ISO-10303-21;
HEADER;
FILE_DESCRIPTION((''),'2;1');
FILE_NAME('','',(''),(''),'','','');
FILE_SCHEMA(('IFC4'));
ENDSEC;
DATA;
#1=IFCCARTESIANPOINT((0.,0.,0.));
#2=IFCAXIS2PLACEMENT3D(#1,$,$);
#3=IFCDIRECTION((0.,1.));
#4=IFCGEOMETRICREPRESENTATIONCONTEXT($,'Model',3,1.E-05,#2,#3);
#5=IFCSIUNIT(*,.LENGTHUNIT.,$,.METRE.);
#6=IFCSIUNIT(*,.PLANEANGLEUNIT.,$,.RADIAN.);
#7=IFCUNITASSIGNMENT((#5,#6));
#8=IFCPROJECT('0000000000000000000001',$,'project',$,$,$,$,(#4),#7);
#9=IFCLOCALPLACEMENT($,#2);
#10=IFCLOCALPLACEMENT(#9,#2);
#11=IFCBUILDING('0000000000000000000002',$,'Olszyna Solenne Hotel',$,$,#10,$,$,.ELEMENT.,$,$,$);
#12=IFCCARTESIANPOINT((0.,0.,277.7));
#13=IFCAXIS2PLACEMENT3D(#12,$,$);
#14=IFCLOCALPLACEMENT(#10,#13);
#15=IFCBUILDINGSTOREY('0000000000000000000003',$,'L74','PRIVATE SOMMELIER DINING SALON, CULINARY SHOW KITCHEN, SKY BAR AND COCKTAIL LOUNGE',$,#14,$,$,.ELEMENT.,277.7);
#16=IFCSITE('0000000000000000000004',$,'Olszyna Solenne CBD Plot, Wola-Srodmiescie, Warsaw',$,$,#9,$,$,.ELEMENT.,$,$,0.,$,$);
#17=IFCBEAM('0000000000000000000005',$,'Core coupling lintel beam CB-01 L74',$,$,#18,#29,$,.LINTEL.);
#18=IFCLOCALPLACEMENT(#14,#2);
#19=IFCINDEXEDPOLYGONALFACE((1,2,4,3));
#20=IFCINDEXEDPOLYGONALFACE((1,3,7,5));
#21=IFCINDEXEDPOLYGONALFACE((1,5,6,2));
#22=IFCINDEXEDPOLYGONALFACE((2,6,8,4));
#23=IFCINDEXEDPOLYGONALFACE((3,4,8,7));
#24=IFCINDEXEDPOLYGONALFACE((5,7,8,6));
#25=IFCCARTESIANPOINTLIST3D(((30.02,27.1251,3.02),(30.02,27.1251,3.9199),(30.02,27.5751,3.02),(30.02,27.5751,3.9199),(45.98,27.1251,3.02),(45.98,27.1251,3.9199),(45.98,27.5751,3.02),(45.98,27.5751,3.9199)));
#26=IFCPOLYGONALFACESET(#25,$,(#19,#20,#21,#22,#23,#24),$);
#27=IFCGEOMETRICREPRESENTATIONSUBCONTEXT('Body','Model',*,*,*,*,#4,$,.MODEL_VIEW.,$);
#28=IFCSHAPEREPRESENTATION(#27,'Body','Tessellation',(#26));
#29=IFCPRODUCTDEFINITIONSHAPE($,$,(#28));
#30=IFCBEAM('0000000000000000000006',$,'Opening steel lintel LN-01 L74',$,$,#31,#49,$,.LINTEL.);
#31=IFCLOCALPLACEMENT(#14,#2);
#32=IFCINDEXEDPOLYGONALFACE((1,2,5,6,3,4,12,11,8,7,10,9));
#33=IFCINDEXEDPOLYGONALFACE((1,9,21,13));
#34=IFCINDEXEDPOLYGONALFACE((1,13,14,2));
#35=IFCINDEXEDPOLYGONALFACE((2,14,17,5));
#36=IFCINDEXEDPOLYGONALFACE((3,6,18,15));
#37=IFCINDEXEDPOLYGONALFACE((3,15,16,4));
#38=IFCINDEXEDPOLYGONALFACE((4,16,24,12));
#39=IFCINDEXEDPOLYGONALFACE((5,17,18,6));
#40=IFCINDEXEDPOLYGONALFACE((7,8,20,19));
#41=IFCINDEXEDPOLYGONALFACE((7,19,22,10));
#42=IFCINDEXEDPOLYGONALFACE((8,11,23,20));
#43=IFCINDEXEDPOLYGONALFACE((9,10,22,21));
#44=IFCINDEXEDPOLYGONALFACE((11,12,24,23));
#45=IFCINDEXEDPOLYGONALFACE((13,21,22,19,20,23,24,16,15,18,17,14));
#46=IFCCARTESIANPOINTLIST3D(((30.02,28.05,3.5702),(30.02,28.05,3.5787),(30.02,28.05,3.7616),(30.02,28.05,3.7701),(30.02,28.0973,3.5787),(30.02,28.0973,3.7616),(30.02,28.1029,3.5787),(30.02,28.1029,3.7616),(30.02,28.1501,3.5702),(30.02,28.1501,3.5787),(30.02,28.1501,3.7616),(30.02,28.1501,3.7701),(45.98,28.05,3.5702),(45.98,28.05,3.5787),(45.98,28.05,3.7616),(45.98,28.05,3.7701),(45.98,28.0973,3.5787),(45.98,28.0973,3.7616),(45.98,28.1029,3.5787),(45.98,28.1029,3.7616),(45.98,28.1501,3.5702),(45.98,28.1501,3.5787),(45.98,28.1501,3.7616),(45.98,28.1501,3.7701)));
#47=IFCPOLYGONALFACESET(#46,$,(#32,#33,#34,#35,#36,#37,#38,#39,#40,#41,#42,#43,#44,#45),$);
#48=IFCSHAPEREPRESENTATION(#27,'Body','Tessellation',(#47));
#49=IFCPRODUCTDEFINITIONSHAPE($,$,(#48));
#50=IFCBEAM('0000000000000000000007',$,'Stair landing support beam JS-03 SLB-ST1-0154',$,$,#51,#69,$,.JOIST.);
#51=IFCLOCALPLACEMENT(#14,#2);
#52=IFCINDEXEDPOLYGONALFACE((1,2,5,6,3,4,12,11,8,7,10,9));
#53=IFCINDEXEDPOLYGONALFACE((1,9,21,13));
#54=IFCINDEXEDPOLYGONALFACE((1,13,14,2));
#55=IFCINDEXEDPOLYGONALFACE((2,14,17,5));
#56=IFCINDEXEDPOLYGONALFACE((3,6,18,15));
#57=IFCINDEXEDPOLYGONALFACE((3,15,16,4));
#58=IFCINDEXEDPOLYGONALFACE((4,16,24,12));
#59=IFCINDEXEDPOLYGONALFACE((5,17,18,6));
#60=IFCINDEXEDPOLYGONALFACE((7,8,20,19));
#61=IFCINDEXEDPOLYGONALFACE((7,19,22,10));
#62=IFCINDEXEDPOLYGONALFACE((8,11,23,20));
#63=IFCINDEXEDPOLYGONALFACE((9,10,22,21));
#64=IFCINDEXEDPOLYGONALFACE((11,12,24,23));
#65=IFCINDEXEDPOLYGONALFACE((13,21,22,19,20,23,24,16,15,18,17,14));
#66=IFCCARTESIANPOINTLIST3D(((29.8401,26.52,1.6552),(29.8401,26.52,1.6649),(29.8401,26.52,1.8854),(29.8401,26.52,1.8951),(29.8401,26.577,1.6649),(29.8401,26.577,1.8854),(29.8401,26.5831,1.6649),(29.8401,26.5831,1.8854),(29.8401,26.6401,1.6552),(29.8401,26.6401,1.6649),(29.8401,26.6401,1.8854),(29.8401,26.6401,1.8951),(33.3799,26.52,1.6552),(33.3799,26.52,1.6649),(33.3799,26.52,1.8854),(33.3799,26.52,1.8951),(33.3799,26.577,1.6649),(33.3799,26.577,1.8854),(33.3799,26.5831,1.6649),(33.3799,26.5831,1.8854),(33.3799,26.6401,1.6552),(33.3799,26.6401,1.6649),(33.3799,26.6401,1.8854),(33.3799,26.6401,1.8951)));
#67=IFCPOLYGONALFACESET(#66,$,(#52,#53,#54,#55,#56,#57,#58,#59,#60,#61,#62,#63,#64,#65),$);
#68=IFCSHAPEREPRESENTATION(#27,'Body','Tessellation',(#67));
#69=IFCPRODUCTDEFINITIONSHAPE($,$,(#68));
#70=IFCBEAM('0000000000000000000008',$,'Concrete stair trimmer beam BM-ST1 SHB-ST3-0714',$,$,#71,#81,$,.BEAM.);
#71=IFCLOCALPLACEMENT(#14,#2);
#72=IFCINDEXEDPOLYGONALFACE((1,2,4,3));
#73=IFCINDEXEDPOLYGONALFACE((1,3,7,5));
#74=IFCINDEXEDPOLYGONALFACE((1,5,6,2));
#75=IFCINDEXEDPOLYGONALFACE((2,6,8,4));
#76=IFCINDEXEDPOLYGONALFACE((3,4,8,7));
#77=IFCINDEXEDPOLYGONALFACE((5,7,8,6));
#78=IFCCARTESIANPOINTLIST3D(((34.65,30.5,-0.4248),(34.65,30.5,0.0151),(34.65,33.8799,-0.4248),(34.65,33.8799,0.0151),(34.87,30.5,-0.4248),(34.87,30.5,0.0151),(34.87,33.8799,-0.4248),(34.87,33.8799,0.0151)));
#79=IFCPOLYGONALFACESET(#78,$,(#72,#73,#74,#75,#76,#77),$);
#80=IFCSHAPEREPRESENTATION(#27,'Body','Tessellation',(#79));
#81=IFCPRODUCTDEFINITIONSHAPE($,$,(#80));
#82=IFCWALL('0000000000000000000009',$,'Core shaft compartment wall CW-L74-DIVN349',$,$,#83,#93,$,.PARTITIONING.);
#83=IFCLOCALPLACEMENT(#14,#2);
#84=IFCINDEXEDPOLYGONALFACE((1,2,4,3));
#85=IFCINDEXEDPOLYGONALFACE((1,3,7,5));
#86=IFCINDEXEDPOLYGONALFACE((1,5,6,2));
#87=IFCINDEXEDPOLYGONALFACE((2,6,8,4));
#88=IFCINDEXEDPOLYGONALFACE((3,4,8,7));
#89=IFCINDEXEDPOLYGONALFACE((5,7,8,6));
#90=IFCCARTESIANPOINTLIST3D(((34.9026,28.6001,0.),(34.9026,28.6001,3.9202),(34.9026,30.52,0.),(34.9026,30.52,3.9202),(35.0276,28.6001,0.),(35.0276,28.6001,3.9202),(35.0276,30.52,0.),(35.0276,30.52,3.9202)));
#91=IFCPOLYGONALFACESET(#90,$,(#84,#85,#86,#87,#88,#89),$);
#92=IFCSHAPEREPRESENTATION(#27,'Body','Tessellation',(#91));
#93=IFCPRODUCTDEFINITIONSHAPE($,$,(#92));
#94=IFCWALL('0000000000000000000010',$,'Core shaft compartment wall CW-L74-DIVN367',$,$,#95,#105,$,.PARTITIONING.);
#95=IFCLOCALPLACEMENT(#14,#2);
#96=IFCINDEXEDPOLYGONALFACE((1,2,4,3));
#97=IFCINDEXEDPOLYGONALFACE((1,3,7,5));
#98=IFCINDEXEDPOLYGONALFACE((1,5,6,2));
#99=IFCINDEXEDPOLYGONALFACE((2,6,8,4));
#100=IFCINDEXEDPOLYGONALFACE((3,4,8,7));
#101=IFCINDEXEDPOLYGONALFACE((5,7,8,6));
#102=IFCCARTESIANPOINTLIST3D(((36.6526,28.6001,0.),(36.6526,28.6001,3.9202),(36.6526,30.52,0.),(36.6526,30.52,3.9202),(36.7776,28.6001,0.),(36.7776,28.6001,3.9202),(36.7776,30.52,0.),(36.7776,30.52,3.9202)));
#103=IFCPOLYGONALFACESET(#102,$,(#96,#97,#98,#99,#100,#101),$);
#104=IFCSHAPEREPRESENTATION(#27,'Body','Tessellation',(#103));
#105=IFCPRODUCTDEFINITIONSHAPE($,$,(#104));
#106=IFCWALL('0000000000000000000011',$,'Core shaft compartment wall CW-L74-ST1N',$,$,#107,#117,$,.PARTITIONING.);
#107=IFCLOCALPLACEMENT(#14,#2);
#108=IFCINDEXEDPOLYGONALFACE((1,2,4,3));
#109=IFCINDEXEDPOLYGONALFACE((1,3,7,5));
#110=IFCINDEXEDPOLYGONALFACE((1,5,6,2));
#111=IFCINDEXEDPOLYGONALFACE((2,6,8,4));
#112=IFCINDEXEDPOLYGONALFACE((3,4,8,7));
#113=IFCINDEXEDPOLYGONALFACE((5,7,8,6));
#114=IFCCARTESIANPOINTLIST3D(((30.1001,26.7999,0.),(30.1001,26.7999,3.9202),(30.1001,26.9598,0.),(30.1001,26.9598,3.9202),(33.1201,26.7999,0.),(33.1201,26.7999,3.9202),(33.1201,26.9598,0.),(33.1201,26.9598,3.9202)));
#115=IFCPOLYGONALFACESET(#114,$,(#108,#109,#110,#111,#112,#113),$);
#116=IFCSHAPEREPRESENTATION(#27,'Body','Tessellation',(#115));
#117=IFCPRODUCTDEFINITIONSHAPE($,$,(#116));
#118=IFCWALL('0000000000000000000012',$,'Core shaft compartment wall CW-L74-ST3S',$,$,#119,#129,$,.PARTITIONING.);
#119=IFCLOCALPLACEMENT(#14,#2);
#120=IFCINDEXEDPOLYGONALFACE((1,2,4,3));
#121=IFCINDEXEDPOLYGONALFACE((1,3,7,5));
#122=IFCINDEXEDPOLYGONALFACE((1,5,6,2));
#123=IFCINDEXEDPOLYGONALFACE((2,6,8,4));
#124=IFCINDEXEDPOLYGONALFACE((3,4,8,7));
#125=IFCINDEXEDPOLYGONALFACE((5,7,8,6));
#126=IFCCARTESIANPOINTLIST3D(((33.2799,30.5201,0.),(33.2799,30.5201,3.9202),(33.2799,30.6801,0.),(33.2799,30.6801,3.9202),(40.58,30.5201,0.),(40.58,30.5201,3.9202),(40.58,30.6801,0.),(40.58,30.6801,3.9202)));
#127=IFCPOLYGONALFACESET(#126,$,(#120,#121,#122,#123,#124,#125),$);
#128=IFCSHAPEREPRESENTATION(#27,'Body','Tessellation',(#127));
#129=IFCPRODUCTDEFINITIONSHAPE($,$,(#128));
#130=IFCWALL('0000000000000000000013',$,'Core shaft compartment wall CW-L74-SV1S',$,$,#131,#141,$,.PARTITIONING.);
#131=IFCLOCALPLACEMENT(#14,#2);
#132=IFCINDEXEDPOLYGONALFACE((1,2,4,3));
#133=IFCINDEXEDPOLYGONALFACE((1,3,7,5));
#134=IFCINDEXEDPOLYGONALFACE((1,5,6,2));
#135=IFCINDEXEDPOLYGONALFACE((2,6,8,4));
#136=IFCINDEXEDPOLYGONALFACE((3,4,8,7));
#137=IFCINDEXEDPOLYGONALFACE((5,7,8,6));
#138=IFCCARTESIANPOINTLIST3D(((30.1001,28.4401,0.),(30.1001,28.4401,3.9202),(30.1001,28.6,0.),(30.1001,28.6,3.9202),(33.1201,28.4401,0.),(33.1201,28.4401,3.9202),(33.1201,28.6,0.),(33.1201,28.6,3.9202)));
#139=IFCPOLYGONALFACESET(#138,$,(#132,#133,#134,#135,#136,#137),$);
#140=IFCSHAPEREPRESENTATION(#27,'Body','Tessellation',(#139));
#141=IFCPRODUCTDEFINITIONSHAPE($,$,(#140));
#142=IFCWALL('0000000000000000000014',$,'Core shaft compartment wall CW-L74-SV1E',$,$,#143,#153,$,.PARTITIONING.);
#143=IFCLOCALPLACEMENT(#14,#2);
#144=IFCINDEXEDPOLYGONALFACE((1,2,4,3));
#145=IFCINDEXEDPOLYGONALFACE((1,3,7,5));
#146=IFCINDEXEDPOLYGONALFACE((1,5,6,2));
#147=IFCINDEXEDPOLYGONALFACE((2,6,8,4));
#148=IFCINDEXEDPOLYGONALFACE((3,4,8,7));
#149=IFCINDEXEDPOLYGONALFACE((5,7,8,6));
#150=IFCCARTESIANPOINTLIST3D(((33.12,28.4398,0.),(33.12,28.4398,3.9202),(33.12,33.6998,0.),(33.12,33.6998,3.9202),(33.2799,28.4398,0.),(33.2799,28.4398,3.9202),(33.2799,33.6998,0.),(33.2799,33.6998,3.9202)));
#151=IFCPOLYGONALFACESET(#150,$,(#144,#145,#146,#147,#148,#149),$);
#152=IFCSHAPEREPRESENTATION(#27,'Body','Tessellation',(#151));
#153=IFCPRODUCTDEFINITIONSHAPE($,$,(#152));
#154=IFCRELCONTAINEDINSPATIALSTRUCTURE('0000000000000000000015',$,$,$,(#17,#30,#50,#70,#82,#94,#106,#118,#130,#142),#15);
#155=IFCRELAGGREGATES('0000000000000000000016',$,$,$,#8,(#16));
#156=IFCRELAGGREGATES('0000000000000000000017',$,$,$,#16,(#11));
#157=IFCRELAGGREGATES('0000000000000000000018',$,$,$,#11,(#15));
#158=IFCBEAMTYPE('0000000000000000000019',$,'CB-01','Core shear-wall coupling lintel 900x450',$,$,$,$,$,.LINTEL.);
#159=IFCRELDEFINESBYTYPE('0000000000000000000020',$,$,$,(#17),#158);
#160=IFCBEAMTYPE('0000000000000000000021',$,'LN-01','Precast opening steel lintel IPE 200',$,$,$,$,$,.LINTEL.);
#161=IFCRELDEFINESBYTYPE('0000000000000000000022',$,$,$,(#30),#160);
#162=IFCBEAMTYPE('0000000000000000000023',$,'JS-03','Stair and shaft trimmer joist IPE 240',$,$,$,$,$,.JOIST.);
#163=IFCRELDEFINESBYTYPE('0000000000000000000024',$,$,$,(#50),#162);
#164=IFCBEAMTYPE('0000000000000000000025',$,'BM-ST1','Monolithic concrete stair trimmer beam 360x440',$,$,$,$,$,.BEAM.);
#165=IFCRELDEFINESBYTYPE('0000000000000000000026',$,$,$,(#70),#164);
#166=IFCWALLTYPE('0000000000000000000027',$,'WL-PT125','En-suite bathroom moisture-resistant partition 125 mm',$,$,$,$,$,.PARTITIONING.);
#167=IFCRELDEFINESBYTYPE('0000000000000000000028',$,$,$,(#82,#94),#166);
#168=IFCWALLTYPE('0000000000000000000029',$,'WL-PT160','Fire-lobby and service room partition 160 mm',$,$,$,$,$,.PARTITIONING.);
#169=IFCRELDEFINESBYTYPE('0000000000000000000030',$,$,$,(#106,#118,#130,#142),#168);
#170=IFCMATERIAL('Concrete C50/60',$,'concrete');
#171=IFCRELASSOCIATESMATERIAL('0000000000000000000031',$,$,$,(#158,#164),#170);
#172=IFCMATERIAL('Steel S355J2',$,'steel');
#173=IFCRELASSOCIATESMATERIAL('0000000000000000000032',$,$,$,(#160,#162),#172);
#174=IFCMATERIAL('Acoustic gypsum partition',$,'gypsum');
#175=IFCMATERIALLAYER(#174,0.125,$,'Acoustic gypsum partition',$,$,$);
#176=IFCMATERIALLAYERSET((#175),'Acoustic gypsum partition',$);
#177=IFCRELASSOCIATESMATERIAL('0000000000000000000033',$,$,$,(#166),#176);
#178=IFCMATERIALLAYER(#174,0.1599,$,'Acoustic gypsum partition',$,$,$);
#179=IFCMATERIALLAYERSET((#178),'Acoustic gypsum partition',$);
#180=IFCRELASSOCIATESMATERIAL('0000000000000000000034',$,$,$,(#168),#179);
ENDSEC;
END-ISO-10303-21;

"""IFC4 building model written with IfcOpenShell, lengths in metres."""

from ifc_helpers import new_model, si_unit, direction, frame, frame_2d, origin, origin_2d, place, context, subcontext, project, spatial, rectangle, i_section, extrude, source, transform, mapped, material, layer, layer_set, material_profile, profile_set, type_object, element, save


model = new_model("IFC4")

# Units and contexts
model_context = context("Model", 3, precision=1e-05, world=origin(), true_north=direction((0.0, 1.0)))
body_context = subcontext(model_context, "Body", "Model", "MODEL_VIEW")
ifc_project = project(units=[si_unit("LENGTHUNIT", "METRE"), si_unit("PLANEANGLEUNIT", "RADIAN")], contexts=[model_context])

# Site, building, storey
site_placement = place(None, origin())
site = spatial("IfcSite", under=ifc_project, at=site_placement, Name="Olszyna Solenne CBD Plot, Wola-Srodmiescie, Warsaw", CompositionType="ELEMENT", RefElevation=0.0)
building_placement = place(site_placement, origin())
building = spatial("IfcBuilding", under=site, at=building_placement, Name="Olszyna Solenne Hotel", CompositionType="ELEMENT")
storey_placement = place(building_placement, frame((0.0, 0.0, 277.7)))
storey = spatial("IfcBuildingStorey", under=building, at=storey_placement, Name="L74", Description="PRIVATE SOMMELIER DINING SALON, CULINARY SHOW KITCHEN, SKY BAR AND COCKTAIL LOUNGE", CompositionType="ELEMENT", Elevation=277.7)

# Beams
ifc_material_1 = material(Name="Concrete C50/60", Category="concrete")
ifc_material_profile_1 = material_profile(ifc_material_1, rectangle(XDim=0.45, YDim=0.8999, at=origin_2d()), Name="RC 900x450", Category="load-bearing")
ifc_profile_set_1 = profile_set([ifc_material_profile_1], Name="Concrete C50/60")
beam_type_1 = type_object("IfcBeamType", Name="CB-01", Description="Core shear-wall coupling lintel 900x450", PredefinedType="LINTEL", material=ifc_profile_set_1)
shared_shape_1 = source(origin(), body_context, "Body", "SweptSolid", [
    extrude(rectangle(XDim=0.45, YDim=0.8999, at=origin_2d()), origin(), (0.0, 0.0, 1.0), 15.96),
])
beam_1_placement = place(storey_placement, frame((30.02, 27.3501, 3.47), z_axis=(1.0, 0.0, 0.0), x_axis=(0.0, 1.0, 0.0)))
element("IfcBeam", 1, at=beam_1_placement, inside=storey, type_object=beam_type_1, Name="Core coupling lintel beam CB-01 L74", PredefinedType="LINTEL", context=body_context, shape_type="MappedRepresentation", body=[
    mapped(shared_shape_1, transform((0.0, 0.0, 0.0), x_axis=(1.0, 0.0, 0.0), y_axis=(0.0, 1.0, 0.0), z_axis=(0.0, 0.0, 1.0), scale=1.0)),
])
ifc_material_2 = material(Name="Steel S355J2", Category="steel")
ifc_material_profile_2 = material_profile(ifc_material_2, i_section(OverallWidth=0.1001, OverallDepth=0.2, WebThickness=0.0056, FlangeThickness=0.0085, at=origin_2d()), Name="IPE 200", Category="load-bearing")
ifc_profile_set_2 = profile_set([ifc_material_profile_2], Name="Steel S355J2")
beam_type_2 = type_object("IfcBeamType", Name="LN-01", Description="Precast opening steel lintel IPE 200", PredefinedType="LINTEL", material=ifc_profile_set_2)
shared_shape_2 = source(origin(), body_context, "Body", "SweptSolid", [
    extrude(i_section(OverallWidth=0.1001, OverallDepth=0.2, WebThickness=0.0056, FlangeThickness=0.0085, at=origin_2d()), origin(), (0.0, 0.0, 1.0), 15.96),
])
beam_2_placement = place(storey_placement, frame((30.02, 28.1001, 3.6702), z_axis=(1.0, 0.0, 0.0), x_axis=(0.0, 1.0, 0.0)))
element("IfcBeam", 2, at=beam_2_placement, inside=storey, type_object=beam_type_2, Name="Opening steel lintel LN-01 L74", PredefinedType="LINTEL", context=body_context, shape_type="MappedRepresentation", body=[
    mapped(shared_shape_2, transform((0.0, 0.0, 0.0), x_axis=(1.0, 0.0, 0.0), y_axis=(0.0, 1.0, 0.0), z_axis=(0.0, 0.0, 1.0), scale=1.0)),
])
ifc_material_profile_3 = material_profile(ifc_material_2, i_section(OverallWidth=0.1201, OverallDepth=0.24, WebThickness=0.0061, FlangeThickness=0.0098, at=origin_2d()), Name="IPE 240", Category="load-bearing")
ifc_profile_set_3 = profile_set([ifc_material_profile_3], Name="Steel S355J2")
beam_type_3 = type_object("IfcBeamType", Name="JS-03", Description="Stair and shaft trimmer joist IPE 240", PredefinedType="JOIST", material=ifc_profile_set_3)
shared_shape_3 = source(origin(), body_context, "Body", "SweptSolid", [
    extrude(i_section(OverallWidth=0.1201, OverallDepth=0.24, WebThickness=0.0061, FlangeThickness=0.0098, at=origin_2d()), origin(), (0.0, 0.0, 1.0), 3.5398),
])
beam_3_placement = place(storey_placement, frame((33.3799, 26.5801, 1.7751), z_axis=(-1.0, 0.0, 0.0), x_axis=(0.0, -1.0, 0.0)))
element("IfcBeam", 3, at=beam_3_placement, inside=storey, type_object=beam_type_3, Name="Stair landing support beam JS-03 SLB-ST1-0154", PredefinedType="JOIST", context=body_context, shape_type="MappedRepresentation", body=[
    mapped(shared_shape_3, transform((0.0, 0.0, 0.0), x_axis=(1.0, 0.0, 0.0), y_axis=(0.0, 1.0, 0.0), z_axis=(0.0, 0.0, 1.0), scale=1.0)),
])
ifc_material_profile_4 = material_profile(ifc_material_1, rectangle(XDim=0.22, YDim=0.4399, at=origin_2d()), Name="RC 220x440", Category="load-bearing")
ifc_profile_set_4 = profile_set([ifc_material_profile_4], Name="Concrete C50/60")
beam_type_4 = type_object("IfcBeamType", Name="BM-ST1", Description="Monolithic concrete stair trimmer beam 360x440", PredefinedType="BEAM", material=ifc_profile_set_4)
shared_shape_4 = source(origin(), body_context, "Body", "SweptSolid", [
    extrude(rectangle(XDim=0.22, YDim=0.4399, at=origin_2d()), origin(), (0.0, 0.0, 1.0), 3.3799),
])
beam_4_placement = place(storey_placement, frame((34.76, 30.5, -0.2048), z_axis=(0.0, 1.0, 0.0), x_axis=(-1.0, 0.0, 0.0)))
element("IfcBeam", 4, at=beam_4_placement, inside=storey, type_object=beam_type_4, Name="Concrete stair trimmer beam BM-ST1 SHB-ST3-0714", PredefinedType="BEAM", context=body_context, shape_type="MappedRepresentation", body=[
    mapped(shared_shape_4, transform((0.0, 0.0, 0.0), x_axis=(1.0, 0.0, 0.0), y_axis=(0.0, 1.0, 0.0), z_axis=(0.0, 0.0, 1.0), scale=1.0)),
])

# Walls
ifc_material_3 = material(Name="Acoustic gypsum partition", Category="gypsum")
ifc_layer_1 = layer(ifc_material_3, 0.125, Name="Acoustic gypsum partition")
ifc_layer_set_1 = layer_set([ifc_layer_1], Name="Acoustic gypsum partition")
wall_type_1 = type_object("IfcWallType", Name="WL-PT125", Description="En-suite bathroom moisture-resistant partition 125 mm", PredefinedType="PARTITIONING", material=ifc_layer_set_1)
for number, where, z_axis, x_axis, name in (
    (5, (34.9651, 28.6001, 0.0), (0.0, 0.0, 1.0), (0.0, 1.0, 0.0), "Core shaft compartment wall CW-L74-DIVN349"),
    (6, (36.7151, 28.6001, 0.0), (0.0, 0.0, 1.0), (0.0, 1.0, 0.0), "Core shaft compartment wall CW-L74-DIVN367"),
):
    element("IfcWall", number, at=place(storey_placement, frame(where, z_axis=z_axis, x_axis=x_axis)), inside=storey, type_object=wall_type_1, Name=name, PredefinedType="PARTITIONING", context=body_context, shape_type="SweptSolid", body=[
        extrude(rectangle(XDim=1.9199, YDim=0.125, at=frame_2d((0.96, 0.0))), origin(), (0.0, 0.0, 1.0), 3.9202),
    ])
ifc_layer_2 = layer(ifc_material_3, 0.1599, Name="Acoustic gypsum partition")
ifc_layer_set_2 = layer_set([ifc_layer_2], Name="Acoustic gypsum partition")
wall_type_2 = type_object("IfcWallType", Name="WL-PT160", Description="Fire-lobby and service room partition 160 mm", PredefinedType="PARTITIONING", material=ifc_layer_set_2)
wall_1_placement = place(storey_placement, frame((30.1001, 26.8799, 0.0), z_axis=(0.0, 0.0, 1.0), x_axis=(1.0, 0.0, 0.0)))
element("IfcWall", 7, at=wall_1_placement, inside=storey, type_object=wall_type_2, Name="Core shaft compartment wall CW-L74-ST1N", PredefinedType="PARTITIONING", context=body_context, shape_type="SweptSolid", body=[
    extrude(rectangle(XDim=3.02, YDim=0.1599, at=frame_2d((1.51, 0.0))), origin(), (0.0, 0.0, 1.0), 3.9202),
])
wall_2_placement = place(storey_placement, frame((33.28, 30.6001, 0.0), z_axis=(0.0, 0.0, 1.0), x_axis=(1.0, 0.0, 0.0)))
element("IfcWall", 8, at=wall_2_placement, inside=storey, type_object=wall_type_2, Name="Core shaft compartment wall CW-L74-ST3S", PredefinedType="PARTITIONING", context=body_context, shape_type="SweptSolid", body=[
    extrude(rectangle(XDim=7.3, YDim=0.1599, at=frame_2d((3.6499, 0.0))), origin(), (0.0, 0.0, 1.0), 3.9202),
])
wall_3_placement = place(storey_placement, frame((30.1001, 28.52, 0.0), z_axis=(0.0, 0.0, 1.0), x_axis=(1.0, 0.0, 0.0)))
element("IfcWall", 9, at=wall_3_placement, inside=storey, type_object=wall_type_2, Name="Core shaft compartment wall CW-L74-SV1S", PredefinedType="PARTITIONING", context=body_context, shape_type="SweptSolid", body=[
    extrude(rectangle(XDim=3.02, YDim=0.1599, at=frame_2d((1.51, 0.0))), origin(), (0.0, 0.0, 1.0), 3.9202),
])
wall_4_placement = place(storey_placement, frame((33.2, 28.4399, 0.0), z_axis=(0.0, 0.0, 1.0), x_axis=(0.0, 1.0, 0.0)))
element("IfcWall", 10, at=wall_4_placement, inside=storey, type_object=wall_type_2, Name="Core shaft compartment wall CW-L74-SV1E", PredefinedType="PARTITIONING", context=body_context, shape_type="SweptSolid", body=[
    extrude(rectangle(XDim=5.26, YDim=0.1599, at=frame_2d((2.6299, 0.0))), origin(), (0.0, 0.0, 1.0), 3.9202),
])

save(model, "model.ifc")
